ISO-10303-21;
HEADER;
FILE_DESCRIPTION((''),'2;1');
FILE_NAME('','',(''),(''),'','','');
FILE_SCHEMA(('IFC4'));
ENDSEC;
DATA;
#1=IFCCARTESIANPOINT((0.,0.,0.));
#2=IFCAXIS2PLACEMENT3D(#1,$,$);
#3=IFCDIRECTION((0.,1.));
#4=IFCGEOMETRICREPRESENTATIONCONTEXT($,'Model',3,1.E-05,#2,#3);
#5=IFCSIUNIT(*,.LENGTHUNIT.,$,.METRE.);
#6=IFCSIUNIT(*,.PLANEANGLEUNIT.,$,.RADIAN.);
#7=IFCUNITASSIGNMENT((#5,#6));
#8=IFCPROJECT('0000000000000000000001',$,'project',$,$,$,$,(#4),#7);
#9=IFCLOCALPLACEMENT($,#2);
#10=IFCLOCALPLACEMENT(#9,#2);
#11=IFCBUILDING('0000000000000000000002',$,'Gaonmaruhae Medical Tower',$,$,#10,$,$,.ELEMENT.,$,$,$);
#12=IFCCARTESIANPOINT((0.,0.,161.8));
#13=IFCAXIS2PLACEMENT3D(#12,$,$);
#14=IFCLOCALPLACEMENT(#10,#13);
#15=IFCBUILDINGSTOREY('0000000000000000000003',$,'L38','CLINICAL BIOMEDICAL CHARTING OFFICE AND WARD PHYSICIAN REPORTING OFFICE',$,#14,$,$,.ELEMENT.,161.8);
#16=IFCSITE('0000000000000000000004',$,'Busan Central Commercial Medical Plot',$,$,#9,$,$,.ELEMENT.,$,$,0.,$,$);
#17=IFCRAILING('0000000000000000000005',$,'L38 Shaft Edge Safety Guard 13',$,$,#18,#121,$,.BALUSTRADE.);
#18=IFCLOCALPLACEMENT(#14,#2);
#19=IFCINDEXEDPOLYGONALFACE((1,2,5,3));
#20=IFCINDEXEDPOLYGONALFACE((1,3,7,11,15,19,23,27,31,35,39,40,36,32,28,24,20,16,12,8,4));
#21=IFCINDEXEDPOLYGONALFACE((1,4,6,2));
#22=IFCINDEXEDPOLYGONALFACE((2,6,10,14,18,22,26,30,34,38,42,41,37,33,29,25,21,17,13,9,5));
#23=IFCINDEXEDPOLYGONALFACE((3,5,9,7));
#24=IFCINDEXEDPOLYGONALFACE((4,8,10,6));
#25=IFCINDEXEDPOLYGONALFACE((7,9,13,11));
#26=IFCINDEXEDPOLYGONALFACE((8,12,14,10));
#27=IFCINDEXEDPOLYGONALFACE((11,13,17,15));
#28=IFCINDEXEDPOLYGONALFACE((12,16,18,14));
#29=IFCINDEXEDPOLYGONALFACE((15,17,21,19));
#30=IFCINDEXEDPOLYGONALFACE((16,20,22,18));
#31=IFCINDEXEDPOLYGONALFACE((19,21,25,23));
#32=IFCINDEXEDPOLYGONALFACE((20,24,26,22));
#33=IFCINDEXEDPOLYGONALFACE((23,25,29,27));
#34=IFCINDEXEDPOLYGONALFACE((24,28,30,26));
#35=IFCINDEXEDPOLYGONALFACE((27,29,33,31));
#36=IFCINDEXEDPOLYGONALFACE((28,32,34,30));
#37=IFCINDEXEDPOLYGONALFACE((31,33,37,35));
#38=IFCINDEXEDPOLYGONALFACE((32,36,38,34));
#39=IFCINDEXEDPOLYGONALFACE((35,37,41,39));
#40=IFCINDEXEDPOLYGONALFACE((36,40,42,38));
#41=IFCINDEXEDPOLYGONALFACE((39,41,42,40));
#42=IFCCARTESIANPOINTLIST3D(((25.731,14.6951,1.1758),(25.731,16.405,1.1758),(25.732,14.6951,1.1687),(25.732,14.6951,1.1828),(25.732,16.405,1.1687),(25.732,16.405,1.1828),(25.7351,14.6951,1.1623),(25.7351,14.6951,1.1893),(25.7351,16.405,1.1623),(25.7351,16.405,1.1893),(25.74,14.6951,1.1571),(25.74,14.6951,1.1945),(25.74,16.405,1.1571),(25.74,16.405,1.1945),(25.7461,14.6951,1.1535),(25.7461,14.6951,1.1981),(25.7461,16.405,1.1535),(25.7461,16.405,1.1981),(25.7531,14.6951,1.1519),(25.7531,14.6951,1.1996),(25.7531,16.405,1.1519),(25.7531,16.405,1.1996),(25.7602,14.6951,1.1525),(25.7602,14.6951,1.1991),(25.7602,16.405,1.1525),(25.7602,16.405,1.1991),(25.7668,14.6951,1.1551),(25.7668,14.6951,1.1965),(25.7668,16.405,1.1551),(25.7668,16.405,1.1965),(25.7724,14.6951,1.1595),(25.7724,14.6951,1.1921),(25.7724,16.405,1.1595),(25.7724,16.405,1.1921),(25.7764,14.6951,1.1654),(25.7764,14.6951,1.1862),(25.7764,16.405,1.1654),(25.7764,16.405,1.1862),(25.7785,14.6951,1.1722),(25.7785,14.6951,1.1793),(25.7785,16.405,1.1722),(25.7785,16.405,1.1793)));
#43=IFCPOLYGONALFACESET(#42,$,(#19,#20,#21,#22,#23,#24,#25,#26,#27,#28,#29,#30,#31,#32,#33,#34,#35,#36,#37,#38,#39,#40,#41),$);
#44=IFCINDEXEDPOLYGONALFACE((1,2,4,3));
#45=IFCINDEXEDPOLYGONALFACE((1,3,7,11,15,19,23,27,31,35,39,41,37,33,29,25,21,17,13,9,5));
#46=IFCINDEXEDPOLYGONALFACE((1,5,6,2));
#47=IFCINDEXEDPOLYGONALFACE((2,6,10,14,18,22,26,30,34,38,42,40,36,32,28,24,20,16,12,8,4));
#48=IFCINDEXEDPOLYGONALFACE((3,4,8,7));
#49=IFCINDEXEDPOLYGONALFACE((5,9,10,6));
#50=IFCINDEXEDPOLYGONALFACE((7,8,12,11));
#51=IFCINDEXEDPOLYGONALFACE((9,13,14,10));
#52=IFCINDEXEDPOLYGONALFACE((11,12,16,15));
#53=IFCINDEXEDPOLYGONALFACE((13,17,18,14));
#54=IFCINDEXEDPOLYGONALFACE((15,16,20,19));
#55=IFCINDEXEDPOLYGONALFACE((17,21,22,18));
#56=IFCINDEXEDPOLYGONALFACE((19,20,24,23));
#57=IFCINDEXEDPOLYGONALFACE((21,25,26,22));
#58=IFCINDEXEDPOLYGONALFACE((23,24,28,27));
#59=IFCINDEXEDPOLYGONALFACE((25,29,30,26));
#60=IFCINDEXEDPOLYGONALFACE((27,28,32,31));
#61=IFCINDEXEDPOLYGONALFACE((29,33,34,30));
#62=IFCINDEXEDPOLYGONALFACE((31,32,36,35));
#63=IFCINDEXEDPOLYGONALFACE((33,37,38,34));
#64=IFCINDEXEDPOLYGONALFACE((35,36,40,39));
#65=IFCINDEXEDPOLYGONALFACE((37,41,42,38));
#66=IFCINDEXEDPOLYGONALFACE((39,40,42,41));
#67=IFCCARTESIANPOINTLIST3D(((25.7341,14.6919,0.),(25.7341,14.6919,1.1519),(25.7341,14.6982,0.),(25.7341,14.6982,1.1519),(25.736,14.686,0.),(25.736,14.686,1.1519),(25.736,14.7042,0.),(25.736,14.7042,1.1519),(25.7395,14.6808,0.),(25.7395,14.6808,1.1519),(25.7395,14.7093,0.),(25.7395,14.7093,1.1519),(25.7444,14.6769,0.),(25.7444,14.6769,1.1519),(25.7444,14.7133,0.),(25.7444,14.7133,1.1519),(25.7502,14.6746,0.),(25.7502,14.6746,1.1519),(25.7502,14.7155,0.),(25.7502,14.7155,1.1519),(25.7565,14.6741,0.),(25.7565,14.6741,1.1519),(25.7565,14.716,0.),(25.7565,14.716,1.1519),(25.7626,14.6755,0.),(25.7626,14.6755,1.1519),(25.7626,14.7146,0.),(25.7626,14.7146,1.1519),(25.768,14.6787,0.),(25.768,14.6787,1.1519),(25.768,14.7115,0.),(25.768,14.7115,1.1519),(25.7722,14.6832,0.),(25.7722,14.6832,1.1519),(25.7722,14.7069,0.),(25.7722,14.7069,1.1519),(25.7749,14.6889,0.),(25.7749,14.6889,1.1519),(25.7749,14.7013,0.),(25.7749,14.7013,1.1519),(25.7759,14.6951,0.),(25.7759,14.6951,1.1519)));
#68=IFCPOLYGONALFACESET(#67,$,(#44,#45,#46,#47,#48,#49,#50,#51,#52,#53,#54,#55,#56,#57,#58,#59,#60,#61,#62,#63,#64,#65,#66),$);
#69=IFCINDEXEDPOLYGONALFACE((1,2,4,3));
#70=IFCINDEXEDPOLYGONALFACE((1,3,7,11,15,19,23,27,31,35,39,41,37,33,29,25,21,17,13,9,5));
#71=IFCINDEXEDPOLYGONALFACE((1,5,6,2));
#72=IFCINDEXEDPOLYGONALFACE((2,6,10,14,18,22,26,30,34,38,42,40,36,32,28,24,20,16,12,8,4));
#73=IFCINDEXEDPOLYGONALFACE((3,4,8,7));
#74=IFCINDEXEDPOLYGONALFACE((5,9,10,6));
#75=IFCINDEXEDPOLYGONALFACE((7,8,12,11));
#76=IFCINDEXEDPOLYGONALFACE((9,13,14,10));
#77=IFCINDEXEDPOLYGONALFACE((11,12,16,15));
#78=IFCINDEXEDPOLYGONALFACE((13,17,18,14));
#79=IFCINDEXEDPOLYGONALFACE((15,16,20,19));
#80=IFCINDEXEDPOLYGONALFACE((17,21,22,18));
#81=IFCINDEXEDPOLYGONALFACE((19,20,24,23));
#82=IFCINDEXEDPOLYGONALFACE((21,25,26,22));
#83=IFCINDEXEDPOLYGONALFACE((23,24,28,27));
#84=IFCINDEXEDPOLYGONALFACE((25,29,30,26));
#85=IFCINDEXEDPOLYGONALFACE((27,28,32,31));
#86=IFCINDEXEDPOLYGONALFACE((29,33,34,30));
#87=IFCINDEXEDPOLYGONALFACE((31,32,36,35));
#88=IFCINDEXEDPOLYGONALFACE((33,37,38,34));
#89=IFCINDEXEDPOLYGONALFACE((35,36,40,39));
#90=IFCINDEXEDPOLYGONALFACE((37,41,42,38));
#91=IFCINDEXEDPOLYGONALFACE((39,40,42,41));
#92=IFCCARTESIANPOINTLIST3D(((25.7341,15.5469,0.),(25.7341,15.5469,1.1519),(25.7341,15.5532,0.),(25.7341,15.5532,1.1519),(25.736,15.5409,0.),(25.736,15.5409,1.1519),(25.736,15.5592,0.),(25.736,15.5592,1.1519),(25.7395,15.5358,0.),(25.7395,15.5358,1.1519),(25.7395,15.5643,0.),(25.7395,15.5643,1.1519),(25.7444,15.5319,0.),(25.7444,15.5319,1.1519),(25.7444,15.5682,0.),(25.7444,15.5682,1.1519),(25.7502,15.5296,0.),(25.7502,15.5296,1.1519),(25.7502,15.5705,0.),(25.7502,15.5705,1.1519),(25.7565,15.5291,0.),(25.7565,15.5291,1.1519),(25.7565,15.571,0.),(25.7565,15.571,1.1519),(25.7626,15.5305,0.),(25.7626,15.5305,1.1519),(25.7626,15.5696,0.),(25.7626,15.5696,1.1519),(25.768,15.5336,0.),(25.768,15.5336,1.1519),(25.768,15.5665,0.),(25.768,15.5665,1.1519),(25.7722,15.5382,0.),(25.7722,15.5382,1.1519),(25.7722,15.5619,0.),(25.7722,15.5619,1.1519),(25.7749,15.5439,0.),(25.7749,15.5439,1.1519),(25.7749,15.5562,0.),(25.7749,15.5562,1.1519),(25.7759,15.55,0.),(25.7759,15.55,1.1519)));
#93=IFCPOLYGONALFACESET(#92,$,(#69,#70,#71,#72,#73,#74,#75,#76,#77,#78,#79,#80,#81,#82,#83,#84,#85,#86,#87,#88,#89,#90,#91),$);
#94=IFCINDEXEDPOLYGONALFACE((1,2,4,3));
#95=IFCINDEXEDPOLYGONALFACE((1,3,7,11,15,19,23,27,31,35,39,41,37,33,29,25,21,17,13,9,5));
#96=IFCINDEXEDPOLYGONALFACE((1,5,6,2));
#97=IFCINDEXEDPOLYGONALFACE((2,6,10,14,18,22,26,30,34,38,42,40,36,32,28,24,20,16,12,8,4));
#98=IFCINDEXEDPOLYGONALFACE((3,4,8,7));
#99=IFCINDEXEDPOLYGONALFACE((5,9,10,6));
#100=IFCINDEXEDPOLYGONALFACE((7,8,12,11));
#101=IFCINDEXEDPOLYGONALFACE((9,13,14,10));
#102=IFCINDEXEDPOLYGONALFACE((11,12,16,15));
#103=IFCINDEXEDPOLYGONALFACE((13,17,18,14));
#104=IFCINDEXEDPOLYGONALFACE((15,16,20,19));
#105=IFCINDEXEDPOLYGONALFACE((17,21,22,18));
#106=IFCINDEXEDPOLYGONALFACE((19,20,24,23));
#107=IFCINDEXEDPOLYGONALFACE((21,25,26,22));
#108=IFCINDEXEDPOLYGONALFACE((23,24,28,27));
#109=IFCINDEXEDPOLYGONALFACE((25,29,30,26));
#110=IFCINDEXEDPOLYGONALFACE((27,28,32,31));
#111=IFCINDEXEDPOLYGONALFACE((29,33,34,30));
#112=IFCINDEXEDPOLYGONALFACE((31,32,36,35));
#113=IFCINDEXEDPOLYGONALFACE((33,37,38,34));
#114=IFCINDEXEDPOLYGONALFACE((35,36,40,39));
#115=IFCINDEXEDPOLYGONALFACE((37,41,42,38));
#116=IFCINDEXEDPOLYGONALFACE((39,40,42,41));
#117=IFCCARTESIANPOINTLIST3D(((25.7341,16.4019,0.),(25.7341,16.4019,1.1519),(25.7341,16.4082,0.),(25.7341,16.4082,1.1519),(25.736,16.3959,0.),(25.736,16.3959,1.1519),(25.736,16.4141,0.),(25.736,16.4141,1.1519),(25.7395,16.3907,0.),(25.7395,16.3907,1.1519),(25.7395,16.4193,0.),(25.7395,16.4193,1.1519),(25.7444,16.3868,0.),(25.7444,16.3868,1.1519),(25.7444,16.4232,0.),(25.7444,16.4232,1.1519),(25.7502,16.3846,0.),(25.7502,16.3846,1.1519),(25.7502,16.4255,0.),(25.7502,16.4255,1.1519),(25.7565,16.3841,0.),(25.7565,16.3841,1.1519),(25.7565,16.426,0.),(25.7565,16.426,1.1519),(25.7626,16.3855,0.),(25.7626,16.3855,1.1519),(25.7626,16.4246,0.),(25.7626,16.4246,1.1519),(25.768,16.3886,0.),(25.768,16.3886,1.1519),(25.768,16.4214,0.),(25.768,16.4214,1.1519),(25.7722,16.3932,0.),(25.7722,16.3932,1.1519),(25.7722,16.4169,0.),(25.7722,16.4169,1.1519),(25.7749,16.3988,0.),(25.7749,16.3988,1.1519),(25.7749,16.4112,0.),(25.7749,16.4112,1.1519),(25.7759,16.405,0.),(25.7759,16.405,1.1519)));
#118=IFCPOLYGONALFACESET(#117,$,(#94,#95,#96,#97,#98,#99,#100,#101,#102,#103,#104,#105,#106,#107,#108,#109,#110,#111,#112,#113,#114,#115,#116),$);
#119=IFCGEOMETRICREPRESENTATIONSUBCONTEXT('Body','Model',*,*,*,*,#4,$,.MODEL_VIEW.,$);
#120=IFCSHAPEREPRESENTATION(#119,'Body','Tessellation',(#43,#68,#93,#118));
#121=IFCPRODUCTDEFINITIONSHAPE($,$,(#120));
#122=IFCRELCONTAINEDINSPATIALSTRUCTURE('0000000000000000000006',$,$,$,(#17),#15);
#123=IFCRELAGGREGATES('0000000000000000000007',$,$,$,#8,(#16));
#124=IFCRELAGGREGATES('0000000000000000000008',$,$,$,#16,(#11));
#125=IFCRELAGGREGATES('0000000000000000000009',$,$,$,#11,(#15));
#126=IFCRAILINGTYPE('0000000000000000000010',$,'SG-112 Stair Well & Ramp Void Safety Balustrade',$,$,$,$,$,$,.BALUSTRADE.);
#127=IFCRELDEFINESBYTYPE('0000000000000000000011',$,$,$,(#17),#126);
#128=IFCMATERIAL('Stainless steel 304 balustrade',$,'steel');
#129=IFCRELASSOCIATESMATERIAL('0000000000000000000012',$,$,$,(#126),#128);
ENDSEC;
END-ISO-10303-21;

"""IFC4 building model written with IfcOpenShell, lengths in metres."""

from ifc_helpers import new_model, si_unit, direction, frame, origin, origin_2d, place, context, subcontext, project, spatial, circle, extrude, material, type_object, element, save


model = new_model("IFC4")

# Units and contexts
model_context = context("Model", 3, precision=1e-05, world=origin(), true_north=direction((0.0, 1.0)))
body_context = subcontext(model_context, "Body", "Model", "MODEL_VIEW")
ifc_project = project(units=[si_unit("LENGTHUNIT", "METRE"), si_unit("PLANEANGLEUNIT", "RADIAN")], contexts=[model_context])

# Site, building, storey
site_placement = place(None, origin())
site = spatial("IfcSite", under=ifc_project, at=site_placement, Name="Busan Central Commercial Medical Plot", CompositionType="ELEMENT", RefElevation=0.0)
building_placement = place(site_placement, origin())
building = spatial("IfcBuilding", under=site, at=building_placement, Name="Gaonmaruhae Medical Tower", CompositionType="ELEMENT")
storey_placement = place(building_placement, frame((0.0, 0.0, 161.8)))
storey = spatial("IfcBuildingStorey", under=building, at=storey_placement, Name="L38", Description="CLINICAL BIOMEDICAL CHARTING OFFICE AND WARD PHYSICIAN REPORTING OFFICE", CompositionType="ELEMENT", Elevation=161.8)

# Railing
ifc_material_1 = material(Name="Stainless steel 304 balustrade", Category="steel")
railing_type = type_object("IfcRailingType", Name="SG-112 Stair Well & Ramp Void Safety Balustrade", PredefinedType="BALUSTRADE", material=ifc_material_1)
railing_1_placement = place(storey_placement, frame((25.7549, 14.6951, 0.0)))
element("IfcRailing", 1, at=railing_1_placement, inside=storey, type_object=railing_type, Name="L38 Shaft Edge Safety Guard 13", PredefinedType="BALUSTRADE", context=body_context, shape_type="SweptSolid", body=[
    extrude(circle(Radius=0.0239, at=origin_2d()), frame((0.0, 0.0, 1.1758), z_axis=(0.0, 1.0, 0.0), x_axis=(-1.0, 0.0, 0.0)), (0.0, 0.0, 1.0), 1.71),
    extrude(circle(Radius=0.021, at=origin_2d()), origin(), (0.0, 0.0, 1.0), 1.1519),
    extrude(circle(Radius=0.021, at=origin_2d()), frame((0.0, 0.855, 0.0)), (0.0, 0.0, 1.0), 1.1519),
    extrude(circle(Radius=0.021, at=origin_2d()), frame((0.0, 1.71, 0.0)), (0.0, 0.0, 1.0), 1.1519),
])

save(model, "model.ifc")
